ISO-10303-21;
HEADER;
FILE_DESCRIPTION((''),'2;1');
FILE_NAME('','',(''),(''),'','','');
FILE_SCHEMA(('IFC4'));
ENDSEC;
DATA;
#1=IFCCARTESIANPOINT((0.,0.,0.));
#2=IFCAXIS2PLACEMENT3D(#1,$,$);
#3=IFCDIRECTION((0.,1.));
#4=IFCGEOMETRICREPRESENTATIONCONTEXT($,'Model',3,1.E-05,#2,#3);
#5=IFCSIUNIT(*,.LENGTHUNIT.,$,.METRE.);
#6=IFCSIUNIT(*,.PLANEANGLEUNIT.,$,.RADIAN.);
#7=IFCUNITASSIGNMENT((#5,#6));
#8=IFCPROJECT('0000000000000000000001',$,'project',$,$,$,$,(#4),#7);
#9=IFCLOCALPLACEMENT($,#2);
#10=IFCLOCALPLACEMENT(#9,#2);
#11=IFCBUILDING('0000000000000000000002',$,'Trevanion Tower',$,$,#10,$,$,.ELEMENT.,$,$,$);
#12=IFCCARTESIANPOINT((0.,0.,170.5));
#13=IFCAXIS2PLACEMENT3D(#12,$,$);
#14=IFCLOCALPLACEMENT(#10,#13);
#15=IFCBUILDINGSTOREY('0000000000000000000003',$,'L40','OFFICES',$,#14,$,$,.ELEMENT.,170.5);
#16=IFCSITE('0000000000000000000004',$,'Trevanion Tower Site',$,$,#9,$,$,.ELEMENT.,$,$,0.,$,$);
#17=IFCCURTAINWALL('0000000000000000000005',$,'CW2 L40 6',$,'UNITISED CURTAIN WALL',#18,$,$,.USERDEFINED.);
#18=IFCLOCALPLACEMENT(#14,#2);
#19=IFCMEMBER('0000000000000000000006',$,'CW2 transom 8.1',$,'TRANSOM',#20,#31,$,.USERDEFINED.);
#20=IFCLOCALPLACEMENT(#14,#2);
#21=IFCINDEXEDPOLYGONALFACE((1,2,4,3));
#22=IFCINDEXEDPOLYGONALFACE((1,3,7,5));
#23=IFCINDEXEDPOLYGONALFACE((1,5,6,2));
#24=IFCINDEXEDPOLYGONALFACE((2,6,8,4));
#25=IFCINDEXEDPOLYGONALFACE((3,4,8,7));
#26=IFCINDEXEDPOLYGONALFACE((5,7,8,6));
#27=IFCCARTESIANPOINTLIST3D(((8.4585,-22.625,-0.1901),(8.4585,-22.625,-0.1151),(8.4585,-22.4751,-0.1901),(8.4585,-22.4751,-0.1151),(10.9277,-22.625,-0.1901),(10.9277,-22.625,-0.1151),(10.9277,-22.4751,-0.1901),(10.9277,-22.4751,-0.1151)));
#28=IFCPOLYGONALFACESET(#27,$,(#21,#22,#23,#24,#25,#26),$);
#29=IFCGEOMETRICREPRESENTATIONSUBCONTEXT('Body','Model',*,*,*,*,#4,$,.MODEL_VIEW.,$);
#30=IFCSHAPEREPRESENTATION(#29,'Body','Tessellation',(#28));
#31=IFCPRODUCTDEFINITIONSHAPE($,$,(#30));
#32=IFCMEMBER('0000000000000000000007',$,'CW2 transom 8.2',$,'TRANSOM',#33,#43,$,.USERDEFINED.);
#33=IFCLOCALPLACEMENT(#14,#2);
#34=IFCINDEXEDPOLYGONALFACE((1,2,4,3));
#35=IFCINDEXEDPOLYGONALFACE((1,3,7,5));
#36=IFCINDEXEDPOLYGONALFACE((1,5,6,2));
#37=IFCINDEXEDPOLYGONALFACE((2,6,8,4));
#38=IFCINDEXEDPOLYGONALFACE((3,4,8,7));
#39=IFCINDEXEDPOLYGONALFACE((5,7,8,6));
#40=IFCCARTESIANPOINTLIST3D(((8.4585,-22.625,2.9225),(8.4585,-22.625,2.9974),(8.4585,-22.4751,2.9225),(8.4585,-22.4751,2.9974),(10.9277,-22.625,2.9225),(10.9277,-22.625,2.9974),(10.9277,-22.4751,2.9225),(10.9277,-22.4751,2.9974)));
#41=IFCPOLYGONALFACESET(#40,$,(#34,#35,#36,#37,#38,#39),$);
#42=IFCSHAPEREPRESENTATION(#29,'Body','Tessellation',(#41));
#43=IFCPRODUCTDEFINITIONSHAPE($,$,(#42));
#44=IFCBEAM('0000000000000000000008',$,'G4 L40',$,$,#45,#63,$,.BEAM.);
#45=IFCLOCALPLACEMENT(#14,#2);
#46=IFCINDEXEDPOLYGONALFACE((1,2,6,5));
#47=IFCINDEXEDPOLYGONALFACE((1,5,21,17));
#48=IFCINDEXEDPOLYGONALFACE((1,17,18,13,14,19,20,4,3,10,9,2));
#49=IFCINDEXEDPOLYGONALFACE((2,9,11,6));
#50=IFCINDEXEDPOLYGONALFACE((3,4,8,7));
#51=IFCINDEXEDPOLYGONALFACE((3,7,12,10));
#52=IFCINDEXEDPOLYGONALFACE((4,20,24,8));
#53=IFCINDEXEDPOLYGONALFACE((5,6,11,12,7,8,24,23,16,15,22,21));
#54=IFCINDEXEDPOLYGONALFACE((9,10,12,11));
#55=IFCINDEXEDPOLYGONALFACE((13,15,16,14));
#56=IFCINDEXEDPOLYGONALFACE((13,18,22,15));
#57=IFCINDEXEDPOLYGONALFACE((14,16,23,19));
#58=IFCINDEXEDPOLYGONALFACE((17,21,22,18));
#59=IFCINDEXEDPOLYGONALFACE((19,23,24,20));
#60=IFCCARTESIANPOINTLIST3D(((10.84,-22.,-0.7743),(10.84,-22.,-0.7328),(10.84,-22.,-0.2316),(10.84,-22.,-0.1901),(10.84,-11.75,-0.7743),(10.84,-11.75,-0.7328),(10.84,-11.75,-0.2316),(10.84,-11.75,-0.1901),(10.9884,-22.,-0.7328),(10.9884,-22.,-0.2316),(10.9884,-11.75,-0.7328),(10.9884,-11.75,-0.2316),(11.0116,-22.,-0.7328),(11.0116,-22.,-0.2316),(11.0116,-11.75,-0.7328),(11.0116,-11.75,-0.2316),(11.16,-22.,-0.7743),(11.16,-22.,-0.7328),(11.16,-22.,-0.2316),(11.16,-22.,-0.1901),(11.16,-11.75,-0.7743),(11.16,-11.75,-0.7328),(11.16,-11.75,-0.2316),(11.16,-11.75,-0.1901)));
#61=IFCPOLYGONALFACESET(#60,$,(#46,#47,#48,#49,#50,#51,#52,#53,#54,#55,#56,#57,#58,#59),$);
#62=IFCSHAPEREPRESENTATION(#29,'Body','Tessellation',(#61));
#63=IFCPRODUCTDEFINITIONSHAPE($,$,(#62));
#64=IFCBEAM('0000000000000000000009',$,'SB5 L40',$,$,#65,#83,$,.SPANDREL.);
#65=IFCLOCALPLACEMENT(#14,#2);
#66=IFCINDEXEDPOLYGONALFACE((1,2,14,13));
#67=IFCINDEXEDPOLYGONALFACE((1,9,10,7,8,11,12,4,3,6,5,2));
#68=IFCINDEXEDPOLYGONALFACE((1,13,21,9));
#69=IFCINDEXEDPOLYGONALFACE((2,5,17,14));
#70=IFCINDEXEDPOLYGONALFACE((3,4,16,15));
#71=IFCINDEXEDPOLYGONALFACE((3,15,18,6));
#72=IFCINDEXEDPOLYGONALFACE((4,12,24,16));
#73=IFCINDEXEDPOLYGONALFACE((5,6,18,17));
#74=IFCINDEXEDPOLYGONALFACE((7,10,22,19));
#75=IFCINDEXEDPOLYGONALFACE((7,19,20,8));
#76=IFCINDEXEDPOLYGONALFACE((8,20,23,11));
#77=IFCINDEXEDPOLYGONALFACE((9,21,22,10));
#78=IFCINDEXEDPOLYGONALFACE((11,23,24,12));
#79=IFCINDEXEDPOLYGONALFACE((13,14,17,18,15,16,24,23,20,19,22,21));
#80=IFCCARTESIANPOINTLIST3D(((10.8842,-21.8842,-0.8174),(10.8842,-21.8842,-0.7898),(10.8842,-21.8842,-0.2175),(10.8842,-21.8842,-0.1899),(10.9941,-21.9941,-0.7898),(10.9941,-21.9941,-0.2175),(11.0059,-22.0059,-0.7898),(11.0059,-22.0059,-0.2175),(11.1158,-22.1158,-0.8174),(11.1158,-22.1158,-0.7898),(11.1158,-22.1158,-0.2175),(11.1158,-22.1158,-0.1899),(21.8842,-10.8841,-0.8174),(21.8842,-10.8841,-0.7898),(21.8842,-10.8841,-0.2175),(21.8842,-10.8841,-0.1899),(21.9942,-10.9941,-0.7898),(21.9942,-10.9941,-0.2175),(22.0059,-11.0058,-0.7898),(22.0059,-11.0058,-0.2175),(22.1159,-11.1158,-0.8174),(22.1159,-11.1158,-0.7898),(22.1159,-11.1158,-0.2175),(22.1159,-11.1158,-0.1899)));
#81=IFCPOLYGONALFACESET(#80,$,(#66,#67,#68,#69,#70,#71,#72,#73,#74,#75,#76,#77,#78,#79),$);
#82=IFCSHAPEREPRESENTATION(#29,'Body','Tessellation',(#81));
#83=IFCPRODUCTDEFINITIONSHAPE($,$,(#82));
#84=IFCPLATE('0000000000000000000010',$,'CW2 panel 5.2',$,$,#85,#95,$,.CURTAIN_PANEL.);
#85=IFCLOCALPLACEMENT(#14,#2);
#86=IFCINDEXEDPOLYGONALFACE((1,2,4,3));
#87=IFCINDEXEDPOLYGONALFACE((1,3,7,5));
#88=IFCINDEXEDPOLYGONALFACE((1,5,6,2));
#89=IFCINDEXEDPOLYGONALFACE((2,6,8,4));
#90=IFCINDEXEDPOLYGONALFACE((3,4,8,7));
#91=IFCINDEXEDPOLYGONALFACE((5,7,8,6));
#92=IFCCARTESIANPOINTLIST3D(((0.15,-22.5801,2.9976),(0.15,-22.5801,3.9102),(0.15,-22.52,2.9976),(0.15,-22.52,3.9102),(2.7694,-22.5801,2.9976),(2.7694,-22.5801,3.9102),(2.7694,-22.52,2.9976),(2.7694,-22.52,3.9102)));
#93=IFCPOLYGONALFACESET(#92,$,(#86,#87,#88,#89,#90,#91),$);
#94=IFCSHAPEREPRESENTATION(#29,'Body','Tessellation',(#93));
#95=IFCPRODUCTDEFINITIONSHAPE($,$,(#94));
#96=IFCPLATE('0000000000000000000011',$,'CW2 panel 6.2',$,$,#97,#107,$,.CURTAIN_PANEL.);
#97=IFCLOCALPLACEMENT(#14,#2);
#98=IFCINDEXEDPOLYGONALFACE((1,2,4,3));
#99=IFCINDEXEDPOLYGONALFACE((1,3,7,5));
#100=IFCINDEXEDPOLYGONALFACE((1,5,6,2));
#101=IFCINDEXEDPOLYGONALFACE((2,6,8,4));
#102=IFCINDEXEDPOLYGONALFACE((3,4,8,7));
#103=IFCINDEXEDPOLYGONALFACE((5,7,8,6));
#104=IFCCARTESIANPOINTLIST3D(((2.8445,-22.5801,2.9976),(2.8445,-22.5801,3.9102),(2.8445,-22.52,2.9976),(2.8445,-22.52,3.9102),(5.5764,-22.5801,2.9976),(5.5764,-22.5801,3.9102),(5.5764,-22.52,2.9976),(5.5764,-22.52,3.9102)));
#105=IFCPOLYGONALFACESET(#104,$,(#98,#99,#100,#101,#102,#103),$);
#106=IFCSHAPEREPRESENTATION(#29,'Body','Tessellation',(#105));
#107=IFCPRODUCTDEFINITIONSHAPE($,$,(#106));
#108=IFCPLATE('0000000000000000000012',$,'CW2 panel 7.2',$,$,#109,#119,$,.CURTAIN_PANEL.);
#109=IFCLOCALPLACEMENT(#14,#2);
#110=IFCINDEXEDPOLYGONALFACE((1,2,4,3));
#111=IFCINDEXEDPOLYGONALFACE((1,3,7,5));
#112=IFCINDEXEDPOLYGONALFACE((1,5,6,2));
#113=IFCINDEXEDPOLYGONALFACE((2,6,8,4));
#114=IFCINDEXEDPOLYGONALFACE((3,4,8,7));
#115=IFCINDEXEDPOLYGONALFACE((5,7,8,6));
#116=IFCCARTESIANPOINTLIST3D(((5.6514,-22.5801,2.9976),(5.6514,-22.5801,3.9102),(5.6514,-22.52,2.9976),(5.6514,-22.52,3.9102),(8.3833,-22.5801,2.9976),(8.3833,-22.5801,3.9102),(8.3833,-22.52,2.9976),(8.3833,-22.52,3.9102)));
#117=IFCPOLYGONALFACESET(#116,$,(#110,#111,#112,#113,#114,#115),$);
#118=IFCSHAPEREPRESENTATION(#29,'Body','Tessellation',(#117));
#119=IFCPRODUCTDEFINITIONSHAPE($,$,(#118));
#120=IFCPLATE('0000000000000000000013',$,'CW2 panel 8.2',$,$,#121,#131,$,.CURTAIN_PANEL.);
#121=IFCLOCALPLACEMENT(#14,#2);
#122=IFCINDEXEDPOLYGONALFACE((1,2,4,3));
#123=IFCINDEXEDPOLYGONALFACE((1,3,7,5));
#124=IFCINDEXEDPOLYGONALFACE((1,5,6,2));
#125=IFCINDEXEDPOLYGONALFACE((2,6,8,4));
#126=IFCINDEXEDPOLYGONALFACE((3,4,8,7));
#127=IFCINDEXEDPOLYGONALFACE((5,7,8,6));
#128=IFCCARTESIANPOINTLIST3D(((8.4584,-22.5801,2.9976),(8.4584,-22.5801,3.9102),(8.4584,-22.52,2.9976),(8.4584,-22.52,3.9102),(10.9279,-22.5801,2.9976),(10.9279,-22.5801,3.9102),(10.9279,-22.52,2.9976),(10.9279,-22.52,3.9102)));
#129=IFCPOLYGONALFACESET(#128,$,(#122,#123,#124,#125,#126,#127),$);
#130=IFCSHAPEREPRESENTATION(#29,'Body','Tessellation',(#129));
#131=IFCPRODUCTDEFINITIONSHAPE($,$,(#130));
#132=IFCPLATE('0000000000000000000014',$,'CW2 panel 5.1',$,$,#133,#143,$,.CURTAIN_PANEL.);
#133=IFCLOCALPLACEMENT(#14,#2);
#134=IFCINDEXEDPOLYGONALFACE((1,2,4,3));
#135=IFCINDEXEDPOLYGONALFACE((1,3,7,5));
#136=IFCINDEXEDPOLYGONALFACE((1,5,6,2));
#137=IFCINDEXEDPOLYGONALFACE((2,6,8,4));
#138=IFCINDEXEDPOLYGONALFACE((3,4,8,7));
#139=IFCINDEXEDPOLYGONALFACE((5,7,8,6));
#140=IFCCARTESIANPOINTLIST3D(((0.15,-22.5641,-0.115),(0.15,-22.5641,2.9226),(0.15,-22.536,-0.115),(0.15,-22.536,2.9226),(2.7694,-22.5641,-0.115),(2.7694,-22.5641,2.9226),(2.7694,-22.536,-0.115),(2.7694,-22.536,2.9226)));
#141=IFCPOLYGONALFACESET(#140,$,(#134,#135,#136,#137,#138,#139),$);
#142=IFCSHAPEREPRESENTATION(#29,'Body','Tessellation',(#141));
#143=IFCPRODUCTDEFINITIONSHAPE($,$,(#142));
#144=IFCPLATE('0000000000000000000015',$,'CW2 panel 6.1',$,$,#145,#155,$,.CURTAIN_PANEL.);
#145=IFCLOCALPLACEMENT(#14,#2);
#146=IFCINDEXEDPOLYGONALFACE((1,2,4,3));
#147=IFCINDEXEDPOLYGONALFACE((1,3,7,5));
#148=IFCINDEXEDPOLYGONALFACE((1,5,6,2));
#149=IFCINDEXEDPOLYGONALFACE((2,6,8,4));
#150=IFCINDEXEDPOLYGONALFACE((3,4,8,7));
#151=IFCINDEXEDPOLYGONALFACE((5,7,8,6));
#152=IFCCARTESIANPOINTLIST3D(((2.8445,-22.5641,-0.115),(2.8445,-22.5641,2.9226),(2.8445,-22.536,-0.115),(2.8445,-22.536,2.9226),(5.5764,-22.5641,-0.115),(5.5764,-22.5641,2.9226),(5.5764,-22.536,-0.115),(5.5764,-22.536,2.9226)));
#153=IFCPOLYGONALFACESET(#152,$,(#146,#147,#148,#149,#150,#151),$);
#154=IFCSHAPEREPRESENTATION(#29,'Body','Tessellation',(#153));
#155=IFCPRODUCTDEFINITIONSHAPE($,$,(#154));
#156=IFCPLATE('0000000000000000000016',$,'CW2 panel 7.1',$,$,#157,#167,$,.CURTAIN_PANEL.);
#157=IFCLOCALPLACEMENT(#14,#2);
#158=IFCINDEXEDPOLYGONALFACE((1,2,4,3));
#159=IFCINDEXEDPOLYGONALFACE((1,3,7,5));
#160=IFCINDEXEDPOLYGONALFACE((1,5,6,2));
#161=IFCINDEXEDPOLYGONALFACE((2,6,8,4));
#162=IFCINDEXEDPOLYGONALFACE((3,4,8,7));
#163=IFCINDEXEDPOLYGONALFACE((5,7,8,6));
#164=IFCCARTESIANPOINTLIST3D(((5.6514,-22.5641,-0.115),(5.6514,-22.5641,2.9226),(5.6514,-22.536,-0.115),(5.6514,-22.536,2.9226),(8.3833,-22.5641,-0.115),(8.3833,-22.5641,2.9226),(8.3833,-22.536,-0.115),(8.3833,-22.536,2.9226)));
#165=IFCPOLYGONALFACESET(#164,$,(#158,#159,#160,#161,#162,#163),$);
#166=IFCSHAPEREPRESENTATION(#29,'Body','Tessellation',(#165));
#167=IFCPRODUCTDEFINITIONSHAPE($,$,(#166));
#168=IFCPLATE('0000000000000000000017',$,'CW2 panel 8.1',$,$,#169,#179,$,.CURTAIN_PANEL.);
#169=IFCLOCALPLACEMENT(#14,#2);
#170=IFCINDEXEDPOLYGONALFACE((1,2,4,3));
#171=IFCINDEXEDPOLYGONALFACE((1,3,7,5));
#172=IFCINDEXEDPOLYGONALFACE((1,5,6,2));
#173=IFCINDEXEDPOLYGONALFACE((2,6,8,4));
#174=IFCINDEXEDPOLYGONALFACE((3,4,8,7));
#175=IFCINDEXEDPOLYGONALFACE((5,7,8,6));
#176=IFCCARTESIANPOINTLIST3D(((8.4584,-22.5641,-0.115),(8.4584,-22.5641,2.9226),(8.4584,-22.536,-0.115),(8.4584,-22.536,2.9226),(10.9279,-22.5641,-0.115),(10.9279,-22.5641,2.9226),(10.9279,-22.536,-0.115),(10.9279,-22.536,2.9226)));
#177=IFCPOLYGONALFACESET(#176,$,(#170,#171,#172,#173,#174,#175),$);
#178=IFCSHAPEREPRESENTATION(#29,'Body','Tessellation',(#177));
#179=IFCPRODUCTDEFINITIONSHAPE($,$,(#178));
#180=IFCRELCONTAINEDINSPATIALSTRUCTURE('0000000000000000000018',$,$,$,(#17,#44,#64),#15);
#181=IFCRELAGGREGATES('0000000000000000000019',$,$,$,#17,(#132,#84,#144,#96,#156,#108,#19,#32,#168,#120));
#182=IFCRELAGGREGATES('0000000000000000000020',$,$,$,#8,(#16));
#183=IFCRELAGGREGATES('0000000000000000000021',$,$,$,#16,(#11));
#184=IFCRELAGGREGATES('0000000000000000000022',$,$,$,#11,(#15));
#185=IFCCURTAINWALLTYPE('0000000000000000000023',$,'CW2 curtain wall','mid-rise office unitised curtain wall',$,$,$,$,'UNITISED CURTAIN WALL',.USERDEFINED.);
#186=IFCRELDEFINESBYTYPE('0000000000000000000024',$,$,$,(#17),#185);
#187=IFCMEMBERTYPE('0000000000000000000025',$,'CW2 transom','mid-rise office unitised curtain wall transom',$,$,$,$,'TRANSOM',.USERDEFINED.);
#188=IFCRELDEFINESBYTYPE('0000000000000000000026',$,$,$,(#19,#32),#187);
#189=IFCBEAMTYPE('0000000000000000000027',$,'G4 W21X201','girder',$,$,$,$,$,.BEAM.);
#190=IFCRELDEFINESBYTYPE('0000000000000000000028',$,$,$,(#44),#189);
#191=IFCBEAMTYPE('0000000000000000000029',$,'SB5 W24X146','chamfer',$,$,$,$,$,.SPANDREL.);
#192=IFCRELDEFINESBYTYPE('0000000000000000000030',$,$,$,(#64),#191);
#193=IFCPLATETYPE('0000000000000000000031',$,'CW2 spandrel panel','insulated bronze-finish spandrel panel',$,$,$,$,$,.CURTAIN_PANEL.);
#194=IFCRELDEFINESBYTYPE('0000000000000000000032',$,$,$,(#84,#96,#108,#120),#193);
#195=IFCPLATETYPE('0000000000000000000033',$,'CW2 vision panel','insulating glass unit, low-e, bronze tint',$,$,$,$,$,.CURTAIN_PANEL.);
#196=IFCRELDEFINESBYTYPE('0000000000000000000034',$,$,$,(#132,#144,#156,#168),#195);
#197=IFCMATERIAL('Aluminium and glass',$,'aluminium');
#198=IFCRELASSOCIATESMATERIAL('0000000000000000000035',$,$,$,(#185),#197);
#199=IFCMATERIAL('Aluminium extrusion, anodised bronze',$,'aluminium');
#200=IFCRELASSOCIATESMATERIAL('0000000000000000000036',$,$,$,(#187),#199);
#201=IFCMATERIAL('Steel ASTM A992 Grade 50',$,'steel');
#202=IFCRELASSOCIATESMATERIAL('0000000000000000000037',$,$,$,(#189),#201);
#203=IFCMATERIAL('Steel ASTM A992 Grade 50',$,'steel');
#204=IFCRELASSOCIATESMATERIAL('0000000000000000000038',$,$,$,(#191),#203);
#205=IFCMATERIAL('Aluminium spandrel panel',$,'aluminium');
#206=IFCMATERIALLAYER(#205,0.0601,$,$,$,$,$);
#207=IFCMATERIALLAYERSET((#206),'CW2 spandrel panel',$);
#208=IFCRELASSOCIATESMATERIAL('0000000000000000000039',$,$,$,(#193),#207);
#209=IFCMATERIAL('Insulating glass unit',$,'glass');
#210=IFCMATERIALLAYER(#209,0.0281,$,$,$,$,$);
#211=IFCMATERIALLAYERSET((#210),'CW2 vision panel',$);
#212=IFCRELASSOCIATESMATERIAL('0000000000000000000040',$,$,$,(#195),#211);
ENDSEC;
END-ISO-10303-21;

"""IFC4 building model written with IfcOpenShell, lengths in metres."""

from ifc_helpers import new_model, si_unit, direction, frame, origin, origin_2d, place, context, subcontext, project, spatial, rectangle, i_section, extrude, material, layer, layer_set, material_profile, profile_set, type_object, element, aggregate, save


model = new_model("IFC4")

# Units and contexts
model_context = context("Model", 3, precision=1e-05, world=origin(), true_north=direction((0.0, 1.0)))
body_context = subcontext(model_context, "Body", "Model", "MODEL_VIEW")
ifc_project = project(units=[si_unit("LENGTHUNIT", "METRE"), si_unit("PLANEANGLEUNIT", "RADIAN")], contexts=[model_context])

# Site, building, storey
site_placement = place(None, origin())
site = spatial("IfcSite", under=ifc_project, at=site_placement, Name="Trevanion Tower Site", CompositionType="ELEMENT", RefElevation=0.0)
building_placement = place(site_placement, origin())
building = spatial("IfcBuilding", under=site, at=building_placement, Name="Trevanion Tower", CompositionType="ELEMENT")
storey_placement = place(building_placement, frame((0.0, 0.0, 170.5)))
storey = spatial("IfcBuildingStorey", under=building, at=storey_placement, Name="L40", Description="OFFICES", CompositionType="ELEMENT", Elevation=170.5)

# Curtain wall, members
ifc_material_1 = material(Name="Aluminium and glass", Category="aluminium")
curtain_wall_type = type_object("IfcCurtainWallType", Name="CW2 curtain wall", Description="mid-rise office unitised curtain wall", ElementType="UNITISED CURTAIN WALL", PredefinedType="USERDEFINED", material=ifc_material_1)
curtain_wall_placement = place(storey_placement, origin())
curtain_wall = element("IfcCurtainWall", 1, at=curtain_wall_placement, inside=storey, type_object=curtain_wall_type, Name="CW2 L40 6", ObjectType="UNITISED CURTAIN WALL", PredefinedType="USERDEFINED")
ifc_material_2 = material(Name="Aluminium extrusion, anodised bronze", Category="aluminium")
ifc_material_profile_1 = material_profile(ifc_material_2, rectangle(XDim=0.1499, YDim=0.075, at=origin_2d()), Name="CW2 transom")
ifc_profile_set_1 = profile_set([ifc_material_profile_1], Name="Aluminium extrusion, anodised bronze")
member_type_1 = type_object("IfcMemberType", Name="CW2 transom", Description="mid-rise office unitised curtain wall transom", ElementType="TRANSOM", PredefinedType="USERDEFINED", material=ifc_profile_set_1)
member_1_placement = place(storey_placement, frame((8.4585, -22.55, -0.1526), z_axis=(1.0, 0.0, 0.0), x_axis=(0.0, 1.0, 0.0)))
member_1 = element("IfcMember", 2, at=member_1_placement, type_object=member_type_1, Name="CW2 transom 8.1", ObjectType="TRANSOM", PredefinedType="USERDEFINED", context=body_context, shape_type="SweptSolid", body=[
    extrude(rectangle(XDim=0.1499, YDim=0.075, at=origin_2d()), origin(), (0.0, 0.0, 1.0), 2.4692),
])
member_2_placement = place(storey_placement, frame((8.4585, -22.55, 2.96), z_axis=(1.0, 0.0, 0.0), x_axis=(0.0, 1.0, 0.0)))
member_2 = element("IfcMember", 3, at=member_2_placement, type_object=member_type_1, Name="CW2 transom 8.2", ObjectType="TRANSOM", PredefinedType="USERDEFINED", context=body_context, shape_type="SweptSolid", body=[
    extrude(rectangle(XDim=0.1499, YDim=0.075, at=origin_2d()), origin(), (0.0, 0.0, 1.0), 2.4692),
])

# Beams
ifc_material_3 = material(Name="Steel ASTM A992 Grade 50", Category="steel")
ifc_material_profile_2 = material_profile(ifc_material_3, i_section(OverallWidth=0.3201, OverallDepth=0.5842, WebThickness=0.0232, FlangeThickness=0.0415, at=origin_2d()), Name="W21X201")
ifc_profile_set_2 = profile_set([ifc_material_profile_2], Name="Steel ASTM A992 Grade 50")
beam_type_1 = type_object("IfcBeamType", Name="G4 W21X201", Description="girder", PredefinedType="BEAM", material=ifc_profile_set_2)
beam_1_placement = place(storey_placement, frame((11.0, -11.75, -0.4822), z_axis=(0.0, -1.0, 0.0), x_axis=(1.0, 0.0, 0.0)))
element("IfcBeam", 4, at=beam_1_placement, inside=storey, type_object=beam_type_1, Name="G4 L40", PredefinedType="BEAM", context=body_context, shape_type="SweptSolid", body=[
    extrude(i_section(OverallWidth=0.3201, OverallDepth=0.5842, WebThickness=0.0232, FlangeThickness=0.0415, at=origin_2d()), origin(), (0.0, 0.0, 1.0), 10.25),
])
ifc_material_4 = material(Name="Steel ASTM A992 Grade 50", Category="steel")
ifc_material_profile_3 = material_profile(ifc_material_4, i_section(OverallWidth=0.3276, OverallDepth=0.6274, WebThickness=0.0166, FlangeThickness=0.0276, at=origin_2d()), Name="W24X146")
ifc_profile_set_3 = profile_set([ifc_material_profile_3], Name="Steel ASTM A992 Grade 50")
beam_type_2 = type_object("IfcBeamType", Name="SB5 W24X146", Description="chamfer", PredefinedType="SPANDREL", material=ifc_profile_set_3)
beam_2_placement = place(storey_placement, frame((11.0, -22.0, -0.5037), z_axis=(0.707107, 0.707107, 0.0), x_axis=(-0.707107, 0.707107, 0.0)))
element("IfcBeam", 5, at=beam_2_placement, inside=storey, type_object=beam_type_2, Name="SB5 L40", PredefinedType="SPANDREL", context=body_context, shape_type="SweptSolid", body=[
    extrude(i_section(OverallWidth=0.3276, OverallDepth=0.6274, WebThickness=0.0166, FlangeThickness=0.0276, at=origin_2d()), origin(), (0.0, 0.0, 1.0), 15.5564),
])

# Plates
ifc_material_5 = material(Name="Aluminium spandrel panel", Category="aluminium")
ifc_layer_1 = layer(ifc_material_5, 0.0601)
ifc_layer_set_1 = layer_set([ifc_layer_1], Name="CW2 spandrel panel")
plate_type_1 = type_object("IfcPlateType", Name="CW2 spandrel panel", Description="insulated bronze-finish spandrel panel", PredefinedType="CURTAIN_PANEL", material=ifc_layer_set_1)
plate_1_placement = place(storey_placement, frame((1.4597, -22.55, 2.9976), z_axis=(0.0, 0.0, 1.0), x_axis=(1.0, 0.0, 0.0)))
plate_1 = element("IfcPlate", 6, at=plate_1_placement, type_object=plate_type_1, Name="CW2 panel 5.2", PredefinedType="CURTAIN_PANEL", context=body_context, shape_type="SweptSolid", body=[
    extrude(rectangle(XDim=2.6194, YDim=0.0601, at=origin_2d()), origin(), (0.0, 0.0, 1.0), 0.9126),
])
plate_2_placement = place(storey_placement, frame((4.2104, -22.55, 2.9976), z_axis=(0.0, 0.0, 1.0), x_axis=(1.0, 0.0, 0.0)))
plate_2 = element("IfcPlate", 7, at=plate_2_placement, type_object=plate_type_1, Name="CW2 panel 6.2", PredefinedType="CURTAIN_PANEL", context=body_context, shape_type="SweptSolid", body=[
    extrude(rectangle(XDim=2.7319, YDim=0.0601, at=origin_2d()), origin(), (0.0, 0.0, 1.0), 0.9126),
])
plate_3_placement = place(storey_placement, frame((7.0173, -22.55, 2.9976), z_axis=(0.0, 0.0, 1.0), x_axis=(1.0, 0.0, 0.0)))
plate_3 = element("IfcPlate", 8, at=plate_3_placement, type_object=plate_type_1, Name="CW2 panel 7.2", PredefinedType="CURTAIN_PANEL", context=body_context, shape_type="SweptSolid", body=[
    extrude(rectangle(XDim=2.7319, YDim=0.0601, at=origin_2d()), origin(), (0.0, 0.0, 1.0), 0.9126),
])
plate_4_placement = place(storey_placement, frame((9.6931, -22.55, 2.9976), z_axis=(0.0, 0.0, 1.0), x_axis=(1.0, 0.0, 0.0)))
plate_4 = element("IfcPlate", 9, at=plate_4_placement, type_object=plate_type_1, Name="CW2 panel 8.2", PredefinedType="CURTAIN_PANEL", context=body_context, shape_type="SweptSolid", body=[
    extrude(rectangle(XDim=2.4695, YDim=0.0601, at=origin_2d()), origin(), (0.0, 0.0, 1.0), 0.9126),
])
ifc_material_6 = material(Name="Insulating glass unit", Category="glass")
ifc_layer_2 = layer(ifc_material_6, 0.0281)
ifc_layer_set_2 = layer_set([ifc_layer_2], Name="CW2 vision panel")
plate_type_2 = type_object("IfcPlateType", Name="CW2 vision panel", Description="insulating glass unit, low-e, bronze tint", PredefinedType="CURTAIN_PANEL", material=ifc_layer_set_2)
plate_5_placement = place(storey_placement, frame((1.4597, -22.55, -0.115), z_axis=(0.0, 0.0, 1.0), x_axis=(1.0, 0.0, 0.0)))
plate_5 = element("IfcPlate", 10, at=plate_5_placement, type_object=plate_type_2, Name="CW2 panel 5.1", PredefinedType="CURTAIN_PANEL", context=body_context, shape_type="SweptSolid", body=[
    extrude(rectangle(XDim=2.6194, YDim=0.0281, at=origin_2d()), origin(), (0.0, 0.0, 1.0), 3.0376),
])
plate_6_placement = place(storey_placement, frame((4.2104, -22.55, -0.115), z_axis=(0.0, 0.0, 1.0), x_axis=(1.0, 0.0, 0.0)))
plate_6 = element("IfcPlate", 11, at=plate_6_placement, type_object=plate_type_2, Name="CW2 panel 6.1", PredefinedType="CURTAIN_PANEL", context=body_context, shape_type="SweptSolid", body=[
    extrude(rectangle(XDim=2.7319, YDim=0.0281, at=origin_2d()), origin(), (0.0, 0.0, 1.0), 3.0376),
])
plate_7_placement = place(storey_placement, frame((7.0173, -22.55, -0.115), z_axis=(0.0, 0.0, 1.0), x_axis=(1.0, 0.0, 0.0)))
plate_7 = element("IfcPlate", 12, at=plate_7_placement, type_object=plate_type_2, Name="CW2 panel 7.1", PredefinedType="CURTAIN_PANEL", context=body_context, shape_type="SweptSolid", body=[
    extrude(rectangle(XDim=2.7319, YDim=0.0281, at=origin_2d()), origin(), (0.0, 0.0, 1.0), 3.0376),
])
plate_8_placement = place(storey_placement, frame((9.6931, -22.55, -0.115), z_axis=(0.0, 0.0, 1.0), x_axis=(1.0, 0.0, 0.0)))
plate_8 = element("IfcPlate", 13, at=plate_8_placement, type_object=plate_type_2, Name="CW2 panel 8.1", PredefinedType="CURTAIN_PANEL", context=body_context, shape_type="SweptSolid", body=[
    extrude(rectangle(XDim=2.4695, YDim=0.0281, at=origin_2d()), origin(), (0.0, 0.0, 1.0), 3.0376),
])
aggregate(curtain_wall, [plate_5, plate_1, plate_6, plate_2, plate_7, plate_3, member_1, member_2, plate_8, plate_4])

save(model, "model.ifc")
